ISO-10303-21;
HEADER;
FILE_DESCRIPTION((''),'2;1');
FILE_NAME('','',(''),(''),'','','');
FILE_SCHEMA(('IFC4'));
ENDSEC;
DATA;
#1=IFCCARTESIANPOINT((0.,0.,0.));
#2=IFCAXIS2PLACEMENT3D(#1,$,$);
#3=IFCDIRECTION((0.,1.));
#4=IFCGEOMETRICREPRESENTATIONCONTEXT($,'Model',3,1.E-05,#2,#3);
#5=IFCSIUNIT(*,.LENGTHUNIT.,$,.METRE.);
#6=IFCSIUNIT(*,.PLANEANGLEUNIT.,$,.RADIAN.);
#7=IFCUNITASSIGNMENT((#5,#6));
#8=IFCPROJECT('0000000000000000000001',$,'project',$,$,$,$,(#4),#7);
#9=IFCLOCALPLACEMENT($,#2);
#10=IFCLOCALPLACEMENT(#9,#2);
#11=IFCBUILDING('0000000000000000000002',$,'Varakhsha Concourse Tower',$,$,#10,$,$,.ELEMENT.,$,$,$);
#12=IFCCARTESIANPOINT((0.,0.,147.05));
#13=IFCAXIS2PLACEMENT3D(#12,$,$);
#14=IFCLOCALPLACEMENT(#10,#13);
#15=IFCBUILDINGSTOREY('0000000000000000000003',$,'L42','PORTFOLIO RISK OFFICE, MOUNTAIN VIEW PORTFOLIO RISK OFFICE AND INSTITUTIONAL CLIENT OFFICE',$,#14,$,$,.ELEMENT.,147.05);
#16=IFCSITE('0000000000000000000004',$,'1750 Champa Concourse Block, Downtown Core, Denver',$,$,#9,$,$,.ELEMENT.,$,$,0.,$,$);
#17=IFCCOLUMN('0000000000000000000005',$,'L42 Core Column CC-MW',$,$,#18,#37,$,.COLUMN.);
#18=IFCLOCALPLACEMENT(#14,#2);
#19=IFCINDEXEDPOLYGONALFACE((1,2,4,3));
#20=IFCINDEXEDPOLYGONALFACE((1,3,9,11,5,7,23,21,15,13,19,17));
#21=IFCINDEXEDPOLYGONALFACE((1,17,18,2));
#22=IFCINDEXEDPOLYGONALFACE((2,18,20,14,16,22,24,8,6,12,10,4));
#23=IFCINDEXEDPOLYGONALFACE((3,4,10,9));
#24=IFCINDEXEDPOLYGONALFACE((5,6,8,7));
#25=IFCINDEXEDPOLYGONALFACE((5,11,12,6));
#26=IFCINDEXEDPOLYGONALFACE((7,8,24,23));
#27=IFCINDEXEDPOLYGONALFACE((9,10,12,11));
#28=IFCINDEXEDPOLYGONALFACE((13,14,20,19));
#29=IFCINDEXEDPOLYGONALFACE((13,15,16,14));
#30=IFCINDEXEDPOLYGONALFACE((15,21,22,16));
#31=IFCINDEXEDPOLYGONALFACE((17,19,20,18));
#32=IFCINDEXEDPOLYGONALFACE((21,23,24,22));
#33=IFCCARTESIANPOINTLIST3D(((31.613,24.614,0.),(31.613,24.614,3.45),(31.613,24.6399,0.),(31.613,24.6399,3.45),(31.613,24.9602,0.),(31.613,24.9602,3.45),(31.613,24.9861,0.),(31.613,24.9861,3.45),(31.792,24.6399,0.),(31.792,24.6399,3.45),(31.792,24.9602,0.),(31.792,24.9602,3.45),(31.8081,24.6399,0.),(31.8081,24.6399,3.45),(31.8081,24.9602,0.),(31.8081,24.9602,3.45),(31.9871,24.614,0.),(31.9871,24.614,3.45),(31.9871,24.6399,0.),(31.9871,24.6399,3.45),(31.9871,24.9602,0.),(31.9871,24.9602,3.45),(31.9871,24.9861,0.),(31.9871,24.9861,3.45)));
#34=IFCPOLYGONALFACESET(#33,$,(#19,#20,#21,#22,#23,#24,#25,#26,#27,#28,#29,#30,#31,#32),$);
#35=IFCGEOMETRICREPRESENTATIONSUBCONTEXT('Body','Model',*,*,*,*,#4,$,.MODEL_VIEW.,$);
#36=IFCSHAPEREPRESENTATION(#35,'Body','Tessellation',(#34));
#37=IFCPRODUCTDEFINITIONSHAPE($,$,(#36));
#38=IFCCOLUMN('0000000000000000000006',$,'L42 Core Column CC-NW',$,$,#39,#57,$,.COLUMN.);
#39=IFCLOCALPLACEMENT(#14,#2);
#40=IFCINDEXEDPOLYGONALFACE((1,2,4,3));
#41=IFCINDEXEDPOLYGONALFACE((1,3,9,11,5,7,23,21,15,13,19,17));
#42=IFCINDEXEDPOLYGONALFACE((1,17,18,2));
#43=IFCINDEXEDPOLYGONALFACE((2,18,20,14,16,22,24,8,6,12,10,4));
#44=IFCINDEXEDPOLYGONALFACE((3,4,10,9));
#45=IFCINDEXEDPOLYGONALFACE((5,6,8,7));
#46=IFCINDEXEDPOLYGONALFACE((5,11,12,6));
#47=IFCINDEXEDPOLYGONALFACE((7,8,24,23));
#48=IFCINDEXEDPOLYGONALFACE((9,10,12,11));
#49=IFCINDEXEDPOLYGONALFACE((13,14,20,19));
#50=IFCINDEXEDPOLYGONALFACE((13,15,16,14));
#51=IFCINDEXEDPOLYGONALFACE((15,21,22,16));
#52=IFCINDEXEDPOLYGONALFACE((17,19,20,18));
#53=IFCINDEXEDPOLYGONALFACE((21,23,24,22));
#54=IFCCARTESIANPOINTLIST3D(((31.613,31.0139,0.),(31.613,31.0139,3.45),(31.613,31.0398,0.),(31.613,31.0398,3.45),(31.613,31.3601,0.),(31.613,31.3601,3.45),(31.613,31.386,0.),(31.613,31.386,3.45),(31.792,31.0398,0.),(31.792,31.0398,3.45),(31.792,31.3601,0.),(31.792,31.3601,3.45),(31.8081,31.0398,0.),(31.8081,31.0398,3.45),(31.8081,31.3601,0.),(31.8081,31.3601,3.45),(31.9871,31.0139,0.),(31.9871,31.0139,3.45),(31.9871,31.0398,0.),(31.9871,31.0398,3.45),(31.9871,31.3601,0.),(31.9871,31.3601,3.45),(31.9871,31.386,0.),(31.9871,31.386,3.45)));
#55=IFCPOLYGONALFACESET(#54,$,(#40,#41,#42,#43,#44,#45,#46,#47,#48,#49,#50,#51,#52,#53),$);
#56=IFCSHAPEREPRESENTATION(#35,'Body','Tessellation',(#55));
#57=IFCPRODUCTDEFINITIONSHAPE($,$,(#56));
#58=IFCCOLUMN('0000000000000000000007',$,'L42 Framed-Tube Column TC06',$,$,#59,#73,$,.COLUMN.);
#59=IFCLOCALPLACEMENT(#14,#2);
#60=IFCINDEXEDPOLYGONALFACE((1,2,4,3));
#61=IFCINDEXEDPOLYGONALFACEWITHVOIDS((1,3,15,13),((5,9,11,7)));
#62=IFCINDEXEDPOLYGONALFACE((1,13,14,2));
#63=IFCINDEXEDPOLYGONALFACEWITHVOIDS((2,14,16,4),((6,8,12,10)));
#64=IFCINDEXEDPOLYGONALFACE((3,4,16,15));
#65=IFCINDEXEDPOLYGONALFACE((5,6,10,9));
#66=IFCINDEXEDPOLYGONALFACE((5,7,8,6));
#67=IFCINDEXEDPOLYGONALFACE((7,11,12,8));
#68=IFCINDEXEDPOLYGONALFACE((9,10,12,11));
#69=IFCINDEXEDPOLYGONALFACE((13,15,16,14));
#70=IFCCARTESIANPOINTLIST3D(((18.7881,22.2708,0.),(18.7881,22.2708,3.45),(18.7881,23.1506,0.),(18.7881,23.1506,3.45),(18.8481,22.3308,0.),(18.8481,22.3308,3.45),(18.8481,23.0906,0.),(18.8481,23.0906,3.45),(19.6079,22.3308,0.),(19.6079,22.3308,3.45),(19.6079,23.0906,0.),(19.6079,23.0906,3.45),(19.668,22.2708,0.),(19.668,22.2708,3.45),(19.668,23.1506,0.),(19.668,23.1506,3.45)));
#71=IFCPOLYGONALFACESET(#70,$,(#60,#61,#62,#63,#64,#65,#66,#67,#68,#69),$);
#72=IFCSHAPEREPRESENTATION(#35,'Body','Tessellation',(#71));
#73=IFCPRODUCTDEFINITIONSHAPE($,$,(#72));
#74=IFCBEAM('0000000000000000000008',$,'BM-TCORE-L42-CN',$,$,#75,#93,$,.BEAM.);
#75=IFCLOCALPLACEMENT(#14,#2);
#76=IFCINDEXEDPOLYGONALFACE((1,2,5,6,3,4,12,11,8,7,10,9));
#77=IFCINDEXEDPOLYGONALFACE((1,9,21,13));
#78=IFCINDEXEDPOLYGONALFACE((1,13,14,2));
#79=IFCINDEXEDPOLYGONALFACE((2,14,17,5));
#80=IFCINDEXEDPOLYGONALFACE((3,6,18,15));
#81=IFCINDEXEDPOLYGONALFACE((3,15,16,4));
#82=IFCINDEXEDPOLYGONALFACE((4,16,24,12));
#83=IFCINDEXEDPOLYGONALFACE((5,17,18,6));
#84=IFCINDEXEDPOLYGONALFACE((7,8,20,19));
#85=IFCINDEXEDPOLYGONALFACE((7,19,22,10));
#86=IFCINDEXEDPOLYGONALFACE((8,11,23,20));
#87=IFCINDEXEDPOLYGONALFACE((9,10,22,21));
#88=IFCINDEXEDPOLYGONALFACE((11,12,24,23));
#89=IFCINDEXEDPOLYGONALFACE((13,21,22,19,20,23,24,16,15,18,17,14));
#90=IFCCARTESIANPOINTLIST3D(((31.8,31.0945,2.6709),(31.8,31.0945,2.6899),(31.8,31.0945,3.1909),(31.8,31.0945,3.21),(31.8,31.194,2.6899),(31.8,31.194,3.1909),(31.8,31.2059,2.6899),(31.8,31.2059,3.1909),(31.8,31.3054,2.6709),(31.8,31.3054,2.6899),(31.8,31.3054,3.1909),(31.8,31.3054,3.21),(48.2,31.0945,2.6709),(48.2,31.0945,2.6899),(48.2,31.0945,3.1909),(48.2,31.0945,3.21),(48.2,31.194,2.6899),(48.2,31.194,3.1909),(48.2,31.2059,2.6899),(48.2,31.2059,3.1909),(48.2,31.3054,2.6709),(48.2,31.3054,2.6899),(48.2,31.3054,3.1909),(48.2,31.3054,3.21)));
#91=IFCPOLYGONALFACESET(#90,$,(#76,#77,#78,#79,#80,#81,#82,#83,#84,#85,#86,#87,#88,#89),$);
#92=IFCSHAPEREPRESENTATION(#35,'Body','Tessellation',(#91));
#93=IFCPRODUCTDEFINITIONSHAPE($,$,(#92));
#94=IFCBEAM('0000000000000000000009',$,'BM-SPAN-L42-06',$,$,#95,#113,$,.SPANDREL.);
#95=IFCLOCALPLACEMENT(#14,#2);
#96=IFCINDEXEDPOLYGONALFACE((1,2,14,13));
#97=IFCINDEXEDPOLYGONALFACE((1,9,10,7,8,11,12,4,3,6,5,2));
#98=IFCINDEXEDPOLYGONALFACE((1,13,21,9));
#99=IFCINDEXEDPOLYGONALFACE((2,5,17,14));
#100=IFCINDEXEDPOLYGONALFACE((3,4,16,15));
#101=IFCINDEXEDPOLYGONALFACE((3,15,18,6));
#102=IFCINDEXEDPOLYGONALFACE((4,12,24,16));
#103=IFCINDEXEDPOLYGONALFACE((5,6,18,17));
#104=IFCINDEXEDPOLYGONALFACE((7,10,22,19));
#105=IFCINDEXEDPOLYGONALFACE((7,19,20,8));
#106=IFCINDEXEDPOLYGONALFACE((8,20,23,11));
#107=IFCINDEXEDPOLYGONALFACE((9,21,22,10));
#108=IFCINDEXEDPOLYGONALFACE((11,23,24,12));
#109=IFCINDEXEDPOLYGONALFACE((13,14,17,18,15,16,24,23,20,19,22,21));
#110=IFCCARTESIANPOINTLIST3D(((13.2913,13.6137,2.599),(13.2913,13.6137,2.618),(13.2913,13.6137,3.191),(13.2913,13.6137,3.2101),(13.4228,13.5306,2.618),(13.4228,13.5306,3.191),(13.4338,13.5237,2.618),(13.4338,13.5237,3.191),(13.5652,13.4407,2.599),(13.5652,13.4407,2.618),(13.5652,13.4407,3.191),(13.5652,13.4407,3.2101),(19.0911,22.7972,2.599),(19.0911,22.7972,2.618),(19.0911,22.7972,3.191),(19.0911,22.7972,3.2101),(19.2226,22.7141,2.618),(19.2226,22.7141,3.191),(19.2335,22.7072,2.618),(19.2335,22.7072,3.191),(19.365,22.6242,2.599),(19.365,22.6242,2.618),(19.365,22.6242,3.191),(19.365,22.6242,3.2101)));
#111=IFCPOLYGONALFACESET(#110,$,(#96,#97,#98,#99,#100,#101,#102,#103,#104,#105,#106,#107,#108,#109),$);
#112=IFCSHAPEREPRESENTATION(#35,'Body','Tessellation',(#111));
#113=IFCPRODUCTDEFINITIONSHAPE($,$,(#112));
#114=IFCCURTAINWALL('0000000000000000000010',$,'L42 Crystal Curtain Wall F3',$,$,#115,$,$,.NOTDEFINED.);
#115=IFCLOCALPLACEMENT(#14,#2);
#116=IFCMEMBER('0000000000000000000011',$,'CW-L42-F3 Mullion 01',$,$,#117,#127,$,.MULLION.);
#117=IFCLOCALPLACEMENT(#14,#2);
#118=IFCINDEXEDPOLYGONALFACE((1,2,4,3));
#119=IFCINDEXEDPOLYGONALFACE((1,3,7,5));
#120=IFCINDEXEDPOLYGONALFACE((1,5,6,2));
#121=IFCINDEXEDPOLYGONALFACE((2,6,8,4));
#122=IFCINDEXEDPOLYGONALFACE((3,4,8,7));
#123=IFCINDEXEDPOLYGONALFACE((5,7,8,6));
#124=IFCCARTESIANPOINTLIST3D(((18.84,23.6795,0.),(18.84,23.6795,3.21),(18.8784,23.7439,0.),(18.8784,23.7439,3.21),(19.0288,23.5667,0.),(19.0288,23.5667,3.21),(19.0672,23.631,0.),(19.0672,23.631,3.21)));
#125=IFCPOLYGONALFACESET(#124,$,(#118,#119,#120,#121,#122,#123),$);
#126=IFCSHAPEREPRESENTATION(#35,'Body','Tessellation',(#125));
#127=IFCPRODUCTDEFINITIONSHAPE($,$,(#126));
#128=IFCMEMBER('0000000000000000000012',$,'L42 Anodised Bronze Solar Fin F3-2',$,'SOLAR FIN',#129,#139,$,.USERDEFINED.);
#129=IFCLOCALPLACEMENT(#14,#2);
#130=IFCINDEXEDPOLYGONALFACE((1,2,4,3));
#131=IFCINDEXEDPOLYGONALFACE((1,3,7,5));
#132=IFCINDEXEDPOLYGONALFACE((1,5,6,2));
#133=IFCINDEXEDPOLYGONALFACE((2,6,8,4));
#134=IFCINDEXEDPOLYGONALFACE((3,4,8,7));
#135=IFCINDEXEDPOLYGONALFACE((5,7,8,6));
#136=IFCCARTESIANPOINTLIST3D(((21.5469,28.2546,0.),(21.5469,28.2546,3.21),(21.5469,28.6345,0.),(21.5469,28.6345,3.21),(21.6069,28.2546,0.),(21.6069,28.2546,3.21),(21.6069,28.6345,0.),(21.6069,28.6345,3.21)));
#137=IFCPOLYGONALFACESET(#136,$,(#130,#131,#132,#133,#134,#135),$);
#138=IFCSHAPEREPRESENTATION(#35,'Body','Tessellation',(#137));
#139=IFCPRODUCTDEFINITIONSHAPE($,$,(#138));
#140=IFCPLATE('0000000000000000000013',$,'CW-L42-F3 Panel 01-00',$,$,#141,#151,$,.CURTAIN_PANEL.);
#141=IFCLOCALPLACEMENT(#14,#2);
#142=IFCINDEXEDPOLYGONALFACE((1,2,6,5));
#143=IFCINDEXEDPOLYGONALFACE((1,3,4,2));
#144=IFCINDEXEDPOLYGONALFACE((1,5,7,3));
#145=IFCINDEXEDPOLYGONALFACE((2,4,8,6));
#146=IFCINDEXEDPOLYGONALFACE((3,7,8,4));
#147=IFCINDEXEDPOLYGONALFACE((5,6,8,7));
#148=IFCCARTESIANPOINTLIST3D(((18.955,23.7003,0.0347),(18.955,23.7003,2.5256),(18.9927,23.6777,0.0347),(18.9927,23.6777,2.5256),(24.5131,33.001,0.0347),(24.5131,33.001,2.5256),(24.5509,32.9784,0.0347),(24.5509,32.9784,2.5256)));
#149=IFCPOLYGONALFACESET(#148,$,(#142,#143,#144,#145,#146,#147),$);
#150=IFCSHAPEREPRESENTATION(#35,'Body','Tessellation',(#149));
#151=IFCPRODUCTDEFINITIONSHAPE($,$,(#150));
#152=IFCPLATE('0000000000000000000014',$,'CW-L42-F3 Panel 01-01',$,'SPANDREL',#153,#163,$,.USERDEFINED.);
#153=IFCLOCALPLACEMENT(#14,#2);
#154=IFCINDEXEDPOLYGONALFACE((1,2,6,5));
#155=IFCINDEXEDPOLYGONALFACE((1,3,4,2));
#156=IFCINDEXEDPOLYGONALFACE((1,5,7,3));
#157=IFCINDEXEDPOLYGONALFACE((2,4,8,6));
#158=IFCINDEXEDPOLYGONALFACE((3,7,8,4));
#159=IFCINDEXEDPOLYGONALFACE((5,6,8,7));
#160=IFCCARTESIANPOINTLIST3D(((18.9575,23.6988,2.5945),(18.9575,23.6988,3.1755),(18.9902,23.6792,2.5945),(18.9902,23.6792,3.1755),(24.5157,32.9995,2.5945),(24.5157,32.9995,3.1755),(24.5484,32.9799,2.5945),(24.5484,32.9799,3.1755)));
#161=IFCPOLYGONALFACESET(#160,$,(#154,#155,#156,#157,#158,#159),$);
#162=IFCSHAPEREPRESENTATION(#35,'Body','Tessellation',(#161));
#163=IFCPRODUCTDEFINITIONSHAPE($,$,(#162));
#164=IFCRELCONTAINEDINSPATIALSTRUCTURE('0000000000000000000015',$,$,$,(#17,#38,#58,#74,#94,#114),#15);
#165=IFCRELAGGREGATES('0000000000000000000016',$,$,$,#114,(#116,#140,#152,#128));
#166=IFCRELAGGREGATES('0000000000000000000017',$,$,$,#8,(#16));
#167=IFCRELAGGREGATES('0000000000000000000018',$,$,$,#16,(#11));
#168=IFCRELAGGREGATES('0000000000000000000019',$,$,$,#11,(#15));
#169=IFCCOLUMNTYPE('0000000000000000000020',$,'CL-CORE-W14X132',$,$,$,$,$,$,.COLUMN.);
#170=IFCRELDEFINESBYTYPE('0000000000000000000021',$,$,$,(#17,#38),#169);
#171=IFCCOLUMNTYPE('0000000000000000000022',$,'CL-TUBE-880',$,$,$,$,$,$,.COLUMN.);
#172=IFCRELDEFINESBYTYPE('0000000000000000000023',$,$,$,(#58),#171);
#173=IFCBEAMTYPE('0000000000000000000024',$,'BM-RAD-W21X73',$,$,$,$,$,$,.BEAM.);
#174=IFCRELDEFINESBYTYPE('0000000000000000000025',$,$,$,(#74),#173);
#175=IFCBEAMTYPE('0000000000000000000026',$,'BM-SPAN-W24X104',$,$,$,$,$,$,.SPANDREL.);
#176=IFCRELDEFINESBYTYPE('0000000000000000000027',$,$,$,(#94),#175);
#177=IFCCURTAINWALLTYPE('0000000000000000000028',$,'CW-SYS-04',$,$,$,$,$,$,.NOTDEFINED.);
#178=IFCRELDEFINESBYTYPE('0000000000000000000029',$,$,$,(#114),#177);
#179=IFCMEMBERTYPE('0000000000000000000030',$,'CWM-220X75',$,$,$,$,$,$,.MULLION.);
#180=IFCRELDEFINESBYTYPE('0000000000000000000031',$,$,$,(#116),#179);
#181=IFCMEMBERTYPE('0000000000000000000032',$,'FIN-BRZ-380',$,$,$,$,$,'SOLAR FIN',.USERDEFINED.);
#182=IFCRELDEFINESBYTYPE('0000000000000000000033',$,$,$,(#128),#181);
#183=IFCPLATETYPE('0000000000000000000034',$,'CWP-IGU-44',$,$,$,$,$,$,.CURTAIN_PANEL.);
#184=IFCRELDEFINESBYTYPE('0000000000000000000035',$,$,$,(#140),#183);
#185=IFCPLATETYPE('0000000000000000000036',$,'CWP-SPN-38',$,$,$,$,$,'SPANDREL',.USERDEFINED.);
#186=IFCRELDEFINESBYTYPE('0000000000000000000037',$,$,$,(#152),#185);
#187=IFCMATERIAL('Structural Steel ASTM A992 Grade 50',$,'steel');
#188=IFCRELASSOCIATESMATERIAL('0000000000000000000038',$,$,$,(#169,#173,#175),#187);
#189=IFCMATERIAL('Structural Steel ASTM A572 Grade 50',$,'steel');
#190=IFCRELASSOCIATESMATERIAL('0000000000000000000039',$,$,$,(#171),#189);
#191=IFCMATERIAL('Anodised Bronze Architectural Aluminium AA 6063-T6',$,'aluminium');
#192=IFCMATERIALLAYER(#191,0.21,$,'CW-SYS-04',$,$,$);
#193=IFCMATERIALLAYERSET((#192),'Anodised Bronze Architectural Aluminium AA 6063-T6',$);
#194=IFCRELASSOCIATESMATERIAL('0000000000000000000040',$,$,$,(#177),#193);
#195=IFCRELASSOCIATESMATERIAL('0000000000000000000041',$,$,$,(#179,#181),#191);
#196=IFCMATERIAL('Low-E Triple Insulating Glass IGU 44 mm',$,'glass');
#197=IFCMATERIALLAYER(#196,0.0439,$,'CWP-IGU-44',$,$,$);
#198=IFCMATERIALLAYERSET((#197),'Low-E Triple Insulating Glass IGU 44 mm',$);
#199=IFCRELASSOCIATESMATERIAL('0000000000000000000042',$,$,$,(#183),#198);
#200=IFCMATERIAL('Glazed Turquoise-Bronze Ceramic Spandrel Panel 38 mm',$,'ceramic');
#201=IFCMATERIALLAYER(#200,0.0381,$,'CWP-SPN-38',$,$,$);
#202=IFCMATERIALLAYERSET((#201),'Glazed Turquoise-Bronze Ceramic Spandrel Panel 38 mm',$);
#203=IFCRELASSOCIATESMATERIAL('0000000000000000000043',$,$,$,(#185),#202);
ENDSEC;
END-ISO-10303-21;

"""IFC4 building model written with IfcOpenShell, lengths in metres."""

from ifc_helpers import new_model, si_unit, direction, frame, origin, origin_2d, place, context, subcontext, project, spatial, rectangle, hollow_rectangle, i_section, extrude, source, transform, mapped, material, layer, layer_set, material_profile, profile_set, type_object, type_shapes, element, aggregate, save


model = new_model("IFC4")

# Units and contexts
model_context = context("Model", 3, precision=1e-05, world=origin(), true_north=direction((0.0, 1.0)))
body_context = subcontext(model_context, "Body", "Model", "MODEL_VIEW")
ifc_project = project(units=[si_unit("LENGTHUNIT", "METRE"), si_unit("PLANEANGLEUNIT", "RADIAN")], contexts=[model_context])

# Site, building, storey
site_placement = place(None, origin())
site = spatial("IfcSite", under=ifc_project, at=site_placement, Name="1750 Champa Concourse Block, Downtown Core, Denver", CompositionType="ELEMENT", RefElevation=0.0)
building_placement = place(site_placement, origin())
building = spatial("IfcBuilding", under=site, at=building_placement, Name="Varakhsha Concourse Tower", CompositionType="ELEMENT")
storey_placement = place(building_placement, frame((0.0, 0.0, 147.05)))
storey = spatial("IfcBuildingStorey", under=building, at=storey_placement, Name="L42", Description="PORTFOLIO RISK OFFICE, MOUNTAIN VIEW PORTFOLIO RISK OFFICE AND INSTITUTIONAL CLIENT OFFICE", CompositionType="ELEMENT", Elevation=147.05)

# Columns
ifc_material_1 = material(Name="Structural Steel ASTM A992 Grade 50", Category="steel")
ifc_material_profile_1 = material_profile(ifc_material_1, i_section(OverallWidth=0.374, OverallDepth=0.3721, WebThickness=0.0161, FlangeThickness=0.0259, at=origin_2d()), Name="W14X132")
ifc_profile_set_1 = profile_set([ifc_material_profile_1], Name="Structural Steel ASTM A992 Grade 50")
column_type_1 = type_object("IfcColumnType", Name="CL-CORE-W14X132", PredefinedType="COLUMN", material=ifc_profile_set_1)
for number, where, z_axis, x_axis, name in (
    (1, (31.8, 24.8, 0.0), (0.0, 0.0, 1.0), (1.0, 0.0, 0.0), "L42 Core Column CC-MW"),
    (2, (31.8, 31.2, 0.0), (0.0, 0.0, 1.0), (1.0, 0.0, 0.0), "L42 Core Column CC-NW"),
):
    element("IfcColumn", number, at=place(storey_placement, frame(where, z_axis=z_axis, x_axis=x_axis)), inside=storey, type_object=column_type_1, Name=name, PredefinedType="COLUMN", context=body_context, shape_type="SweptSolid", body=[
        extrude(i_section(OverallWidth=0.374, OverallDepth=0.3721, WebThickness=0.0161, FlangeThickness=0.0259, at=origin_2d()), origin(), (0.0, 0.0, 1.0), 3.45),
    ])
ifc_material_2 = material(Name="Structural Steel ASTM A572 Grade 50", Category="steel")
ifc_material_profile_2 = material_profile(ifc_material_2, hollow_rectangle(XDim=0.8799, YDim=0.8799, WallThickness=0.0601, at=origin_2d()), Name="BOX 880x880x60")
ifc_profile_set_2 = profile_set([ifc_material_profile_2], Name="Structural Steel ASTM A572 Grade 50")
column_type_2 = type_object("IfcColumnType", Name="CL-TUBE-880", PredefinedType="COLUMN", material=ifc_profile_set_2)
column_placement = place(storey_placement, frame((19.228, 22.7107, 0.0), z_axis=(0.0, 0.0, 1.0), x_axis=(1.0, 0.0, 0.0)))
element("IfcColumn", 3, at=column_placement, inside=storey, type_object=column_type_2, Name="L42 Framed-Tube Column TC06", PredefinedType="COLUMN", context=body_context, shape_type="SweptSolid", body=[
    extrude(hollow_rectangle(XDim=0.8799, YDim=0.8799, WallThickness=0.0601, at=origin_2d()), origin(), (0.0, 0.0, 1.0), 3.45),
])

# Beams
ifc_material_profile_3 = material_profile(ifc_material_1, i_section(OverallWidth=0.2109, OverallDepth=0.5391, WebThickness=0.012, FlangeThickness=0.019, at=origin_2d()), Name="W21X73")
ifc_profile_set_3 = profile_set([ifc_material_profile_3], Name="Structural Steel ASTM A992 Grade 50")
beam_type_1 = type_object("IfcBeamType", Name="BM-RAD-W21X73", PredefinedType="BEAM", material=ifc_profile_set_3)
beam_1_placement = place(storey_placement, frame((31.8, 31.2, 2.9404), z_axis=(1.0, 0.0, 0.0), x_axis=(0.0, 1.0, 0.0)))
element("IfcBeam", 4, at=beam_1_placement, inside=storey, type_object=beam_type_1, Name="BM-TCORE-L42-CN", PredefinedType="BEAM", context=body_context, shape_type="SweptSolid", body=[
    extrude(i_section(OverallWidth=0.2109, OverallDepth=0.5391, WebThickness=0.012, FlangeThickness=0.019, at=origin_2d()), origin(), (0.0, 0.0, 1.0), 16.3999),
])
ifc_material_profile_4 = material_profile(ifc_material_1, i_section(OverallWidth=0.324, OverallDepth=0.6111, WebThickness=0.0129, FlangeThickness=0.019, at=origin_2d()), Name="W24X104")
ifc_profile_set_4 = profile_set([ifc_material_profile_4], Name="Structural Steel ASTM A992 Grade 50")
beam_type_2 = type_object("IfcBeamType", Name="BM-SPAN-W24X104", PredefinedType="SPANDREL", material=ifc_profile_set_4)
beam_2_placement = place(storey_placement, frame((19.228, 22.7107, 2.9045), z_axis=(-0.533969, -0.845504, 0.0), x_axis=(0.845504, -0.533969, 0.0)))
element("IfcBeam", 5, at=beam_2_placement, inside=storey, type_object=beam_type_2, Name="BM-SPAN-L42-06", PredefinedType="SPANDREL", context=body_context, shape_type="SweptSolid", body=[
    extrude(i_section(OverallWidth=0.324, OverallDepth=0.6111, WebThickness=0.0129, FlangeThickness=0.019, at=origin_2d()), origin(), (0.0, 0.0, 1.0), 10.8616),
])

# Curtain wall, members, plates
ifc_material_3 = material(Name="Anodised Bronze Architectural Aluminium AA 6063-T6", Category="aluminium")
ifc_layer_1 = layer(ifc_material_3, 0.21, Name="CW-SYS-04")
ifc_layer_set_1 = layer_set([ifc_layer_1], Name="Anodised Bronze Architectural Aluminium AA 6063-T6")
curtain_wall_type = type_object("IfcCurtainWallType", Name="CW-SYS-04", PredefinedType="NOTDEFINED", material=ifc_layer_set_1)
curtain_wall_placement = place(storey_placement, origin())
curtain_wall = element("IfcCurtainWall", 6, at=curtain_wall_placement, inside=storey, type_object=curtain_wall_type, Name="L42 Crystal Curtain Wall F3", PredefinedType="NOTDEFINED")
ifc_material_profile_5 = material_profile(ifc_material_3, rectangle(XDim=0.075, YDim=0.22, at=origin_2d()), Name="CWM-220X75")
ifc_profile_set_5 = profile_set([ifc_material_profile_5], Name="Anodised Bronze Architectural Aluminium AA 6063-T6")
member_type_1 = type_object("IfcMemberType", Name="CWM-220X75", PredefinedType="MULLION", material=ifc_profile_set_5)
shared_shape_1 = source(origin(), body_context, "Body", "SweptSolid", [
    extrude(rectangle(XDim=0.075, YDim=0.22, at=origin_2d()), origin(), (0.0, 0.0, 1.0), 3.21),
])
type_shapes(member_type_1, [shared_shape_1])
member_1_placement = place(storey_placement, frame((18.9536, 23.6553, 0.0), z_axis=(0.0, 0.0, 1.0), x_axis=(0.512984, 0.858398, 0.0)))
member_1 = element("IfcMember", 7, at=member_1_placement, type_object=member_type_1, Name="CW-L42-F3 Mullion 01", PredefinedType="MULLION", context=body_context, shape_type="MappedRepresentation", body=[
    mapped(shared_shape_1, transform((0.0, 0.0, 0.0), scale=1.0)),
])
ifc_material_profile_6 = material_profile(ifc_material_3, rectangle(XDim=0.0601, YDim=0.3799, at=origin_2d()), Name="FIN-BRZ-380")
ifc_profile_set_6 = profile_set([ifc_material_profile_6], Name="Anodised Bronze Architectural Aluminium AA 6063-T6")
member_type_2 = type_object("IfcMemberType", Name="FIN-BRZ-380", ElementType="SOLAR FIN", PredefinedType="USERDEFINED", material=ifc_profile_set_6)
shared_shape_2 = source(origin(), body_context, "Body", "SweptSolid", [
    extrude(rectangle(XDim=0.0601, YDim=0.3799, at=origin_2d()), origin(), (0.0, 0.0, 1.0), 3.21),
])
type_shapes(member_type_2, [shared_shape_2])
member_2_placement = place(storey_placement, frame((21.5769, 28.4446, 0.0), z_axis=(0.0, 0.0, 1.0), x_axis=(1.0, 0.0, 0.0)))
member_2 = element("IfcMember", 8, at=member_2_placement, type_object=member_type_2, Name="L42 Anodised Bronze Solar Fin F3-2", ObjectType="SOLAR FIN", PredefinedType="USERDEFINED", context=body_context, shape_type="MappedRepresentation", body=[
    mapped(shared_shape_2, transform((0.0, 0.0, 0.0), scale=1.0)),
])
ifc_material_4 = material(Name="Low-E Triple Insulating Glass IGU 44 mm", Category="glass")
ifc_layer_2 = layer(ifc_material_4, 0.0439, Name="CWP-IGU-44")
ifc_layer_set_2 = layer_set([ifc_layer_2], Name="Low-E Triple Insulating Glass IGU 44 mm")
plate_type_1 = type_object("IfcPlateType", Name="CWP-IGU-44", PredefinedType="CURTAIN_PANEL", material=ifc_layer_set_2)
shared_shape_3 = source(origin(), body_context, "Body", "SweptSolid", [
    extrude(rectangle(XDim=10.835, YDim=0.0439, at=origin_2d()), origin(), (0.0, 0.0, 1.0), 2.491),
])
type_shapes(plate_type_1, [shared_shape_3])
plate_1_placement = place(storey_placement, frame((21.7529, 28.3394, 0.0347), z_axis=(0.0, 0.0, 1.0), x_axis=(0.512984, 0.858398, 0.0)))
plate_1 = element("IfcPlate", 9, at=plate_1_placement, type_object=plate_type_1, Name="CW-L42-F3 Panel 01-00", PredefinedType="CURTAIN_PANEL", context=body_context, shape_type="MappedRepresentation", body=[
    mapped(shared_shape_3, transform((0.0, 0.0, 0.0), scale=1.0)),
])
ifc_material_5 = material(Name="Glazed Turquoise-Bronze Ceramic Spandrel Panel 38 mm", Category="ceramic")
ifc_layer_3 = layer(ifc_material_5, 0.0381, Name="CWP-SPN-38")
ifc_layer_set_3 = layer_set([ifc_layer_3], Name="Glazed Turquoise-Bronze Ceramic Spandrel Panel 38 mm")
plate_type_2 = type_object("IfcPlateType", Name="CWP-SPN-38", ElementType="SPANDREL", PredefinedType="USERDEFINED", material=ifc_layer_set_3)
shared_shape_4 = source(origin(), body_context, "Body", "SweptSolid", [
    extrude(rectangle(XDim=10.835, YDim=0.0381, at=origin_2d()), origin(), (0.0, 0.0, 1.0), 0.5811),
])
type_shapes(plate_type_2, [shared_shape_4])
plate_2_placement = place(storey_placement, frame((21.7529, 28.3394, 2.5945), z_axis=(0.0, 0.0, 1.0), x_axis=(0.512984, 0.858398, 0.0)))
plate_2 = element("IfcPlate", 10, at=plate_2_placement, type_object=plate_type_2, Name="CW-L42-F3 Panel 01-01", ObjectType="SPANDREL", PredefinedType="USERDEFINED", context=body_context, shape_type="MappedRepresentation", body=[
    mapped(shared_shape_4, transform((0.0, 0.0, 0.0), scale=1.0)),
])
aggregate(curtain_wall, [member_1, plate_1, plate_2, member_2])

save(model, "model.ifc")
